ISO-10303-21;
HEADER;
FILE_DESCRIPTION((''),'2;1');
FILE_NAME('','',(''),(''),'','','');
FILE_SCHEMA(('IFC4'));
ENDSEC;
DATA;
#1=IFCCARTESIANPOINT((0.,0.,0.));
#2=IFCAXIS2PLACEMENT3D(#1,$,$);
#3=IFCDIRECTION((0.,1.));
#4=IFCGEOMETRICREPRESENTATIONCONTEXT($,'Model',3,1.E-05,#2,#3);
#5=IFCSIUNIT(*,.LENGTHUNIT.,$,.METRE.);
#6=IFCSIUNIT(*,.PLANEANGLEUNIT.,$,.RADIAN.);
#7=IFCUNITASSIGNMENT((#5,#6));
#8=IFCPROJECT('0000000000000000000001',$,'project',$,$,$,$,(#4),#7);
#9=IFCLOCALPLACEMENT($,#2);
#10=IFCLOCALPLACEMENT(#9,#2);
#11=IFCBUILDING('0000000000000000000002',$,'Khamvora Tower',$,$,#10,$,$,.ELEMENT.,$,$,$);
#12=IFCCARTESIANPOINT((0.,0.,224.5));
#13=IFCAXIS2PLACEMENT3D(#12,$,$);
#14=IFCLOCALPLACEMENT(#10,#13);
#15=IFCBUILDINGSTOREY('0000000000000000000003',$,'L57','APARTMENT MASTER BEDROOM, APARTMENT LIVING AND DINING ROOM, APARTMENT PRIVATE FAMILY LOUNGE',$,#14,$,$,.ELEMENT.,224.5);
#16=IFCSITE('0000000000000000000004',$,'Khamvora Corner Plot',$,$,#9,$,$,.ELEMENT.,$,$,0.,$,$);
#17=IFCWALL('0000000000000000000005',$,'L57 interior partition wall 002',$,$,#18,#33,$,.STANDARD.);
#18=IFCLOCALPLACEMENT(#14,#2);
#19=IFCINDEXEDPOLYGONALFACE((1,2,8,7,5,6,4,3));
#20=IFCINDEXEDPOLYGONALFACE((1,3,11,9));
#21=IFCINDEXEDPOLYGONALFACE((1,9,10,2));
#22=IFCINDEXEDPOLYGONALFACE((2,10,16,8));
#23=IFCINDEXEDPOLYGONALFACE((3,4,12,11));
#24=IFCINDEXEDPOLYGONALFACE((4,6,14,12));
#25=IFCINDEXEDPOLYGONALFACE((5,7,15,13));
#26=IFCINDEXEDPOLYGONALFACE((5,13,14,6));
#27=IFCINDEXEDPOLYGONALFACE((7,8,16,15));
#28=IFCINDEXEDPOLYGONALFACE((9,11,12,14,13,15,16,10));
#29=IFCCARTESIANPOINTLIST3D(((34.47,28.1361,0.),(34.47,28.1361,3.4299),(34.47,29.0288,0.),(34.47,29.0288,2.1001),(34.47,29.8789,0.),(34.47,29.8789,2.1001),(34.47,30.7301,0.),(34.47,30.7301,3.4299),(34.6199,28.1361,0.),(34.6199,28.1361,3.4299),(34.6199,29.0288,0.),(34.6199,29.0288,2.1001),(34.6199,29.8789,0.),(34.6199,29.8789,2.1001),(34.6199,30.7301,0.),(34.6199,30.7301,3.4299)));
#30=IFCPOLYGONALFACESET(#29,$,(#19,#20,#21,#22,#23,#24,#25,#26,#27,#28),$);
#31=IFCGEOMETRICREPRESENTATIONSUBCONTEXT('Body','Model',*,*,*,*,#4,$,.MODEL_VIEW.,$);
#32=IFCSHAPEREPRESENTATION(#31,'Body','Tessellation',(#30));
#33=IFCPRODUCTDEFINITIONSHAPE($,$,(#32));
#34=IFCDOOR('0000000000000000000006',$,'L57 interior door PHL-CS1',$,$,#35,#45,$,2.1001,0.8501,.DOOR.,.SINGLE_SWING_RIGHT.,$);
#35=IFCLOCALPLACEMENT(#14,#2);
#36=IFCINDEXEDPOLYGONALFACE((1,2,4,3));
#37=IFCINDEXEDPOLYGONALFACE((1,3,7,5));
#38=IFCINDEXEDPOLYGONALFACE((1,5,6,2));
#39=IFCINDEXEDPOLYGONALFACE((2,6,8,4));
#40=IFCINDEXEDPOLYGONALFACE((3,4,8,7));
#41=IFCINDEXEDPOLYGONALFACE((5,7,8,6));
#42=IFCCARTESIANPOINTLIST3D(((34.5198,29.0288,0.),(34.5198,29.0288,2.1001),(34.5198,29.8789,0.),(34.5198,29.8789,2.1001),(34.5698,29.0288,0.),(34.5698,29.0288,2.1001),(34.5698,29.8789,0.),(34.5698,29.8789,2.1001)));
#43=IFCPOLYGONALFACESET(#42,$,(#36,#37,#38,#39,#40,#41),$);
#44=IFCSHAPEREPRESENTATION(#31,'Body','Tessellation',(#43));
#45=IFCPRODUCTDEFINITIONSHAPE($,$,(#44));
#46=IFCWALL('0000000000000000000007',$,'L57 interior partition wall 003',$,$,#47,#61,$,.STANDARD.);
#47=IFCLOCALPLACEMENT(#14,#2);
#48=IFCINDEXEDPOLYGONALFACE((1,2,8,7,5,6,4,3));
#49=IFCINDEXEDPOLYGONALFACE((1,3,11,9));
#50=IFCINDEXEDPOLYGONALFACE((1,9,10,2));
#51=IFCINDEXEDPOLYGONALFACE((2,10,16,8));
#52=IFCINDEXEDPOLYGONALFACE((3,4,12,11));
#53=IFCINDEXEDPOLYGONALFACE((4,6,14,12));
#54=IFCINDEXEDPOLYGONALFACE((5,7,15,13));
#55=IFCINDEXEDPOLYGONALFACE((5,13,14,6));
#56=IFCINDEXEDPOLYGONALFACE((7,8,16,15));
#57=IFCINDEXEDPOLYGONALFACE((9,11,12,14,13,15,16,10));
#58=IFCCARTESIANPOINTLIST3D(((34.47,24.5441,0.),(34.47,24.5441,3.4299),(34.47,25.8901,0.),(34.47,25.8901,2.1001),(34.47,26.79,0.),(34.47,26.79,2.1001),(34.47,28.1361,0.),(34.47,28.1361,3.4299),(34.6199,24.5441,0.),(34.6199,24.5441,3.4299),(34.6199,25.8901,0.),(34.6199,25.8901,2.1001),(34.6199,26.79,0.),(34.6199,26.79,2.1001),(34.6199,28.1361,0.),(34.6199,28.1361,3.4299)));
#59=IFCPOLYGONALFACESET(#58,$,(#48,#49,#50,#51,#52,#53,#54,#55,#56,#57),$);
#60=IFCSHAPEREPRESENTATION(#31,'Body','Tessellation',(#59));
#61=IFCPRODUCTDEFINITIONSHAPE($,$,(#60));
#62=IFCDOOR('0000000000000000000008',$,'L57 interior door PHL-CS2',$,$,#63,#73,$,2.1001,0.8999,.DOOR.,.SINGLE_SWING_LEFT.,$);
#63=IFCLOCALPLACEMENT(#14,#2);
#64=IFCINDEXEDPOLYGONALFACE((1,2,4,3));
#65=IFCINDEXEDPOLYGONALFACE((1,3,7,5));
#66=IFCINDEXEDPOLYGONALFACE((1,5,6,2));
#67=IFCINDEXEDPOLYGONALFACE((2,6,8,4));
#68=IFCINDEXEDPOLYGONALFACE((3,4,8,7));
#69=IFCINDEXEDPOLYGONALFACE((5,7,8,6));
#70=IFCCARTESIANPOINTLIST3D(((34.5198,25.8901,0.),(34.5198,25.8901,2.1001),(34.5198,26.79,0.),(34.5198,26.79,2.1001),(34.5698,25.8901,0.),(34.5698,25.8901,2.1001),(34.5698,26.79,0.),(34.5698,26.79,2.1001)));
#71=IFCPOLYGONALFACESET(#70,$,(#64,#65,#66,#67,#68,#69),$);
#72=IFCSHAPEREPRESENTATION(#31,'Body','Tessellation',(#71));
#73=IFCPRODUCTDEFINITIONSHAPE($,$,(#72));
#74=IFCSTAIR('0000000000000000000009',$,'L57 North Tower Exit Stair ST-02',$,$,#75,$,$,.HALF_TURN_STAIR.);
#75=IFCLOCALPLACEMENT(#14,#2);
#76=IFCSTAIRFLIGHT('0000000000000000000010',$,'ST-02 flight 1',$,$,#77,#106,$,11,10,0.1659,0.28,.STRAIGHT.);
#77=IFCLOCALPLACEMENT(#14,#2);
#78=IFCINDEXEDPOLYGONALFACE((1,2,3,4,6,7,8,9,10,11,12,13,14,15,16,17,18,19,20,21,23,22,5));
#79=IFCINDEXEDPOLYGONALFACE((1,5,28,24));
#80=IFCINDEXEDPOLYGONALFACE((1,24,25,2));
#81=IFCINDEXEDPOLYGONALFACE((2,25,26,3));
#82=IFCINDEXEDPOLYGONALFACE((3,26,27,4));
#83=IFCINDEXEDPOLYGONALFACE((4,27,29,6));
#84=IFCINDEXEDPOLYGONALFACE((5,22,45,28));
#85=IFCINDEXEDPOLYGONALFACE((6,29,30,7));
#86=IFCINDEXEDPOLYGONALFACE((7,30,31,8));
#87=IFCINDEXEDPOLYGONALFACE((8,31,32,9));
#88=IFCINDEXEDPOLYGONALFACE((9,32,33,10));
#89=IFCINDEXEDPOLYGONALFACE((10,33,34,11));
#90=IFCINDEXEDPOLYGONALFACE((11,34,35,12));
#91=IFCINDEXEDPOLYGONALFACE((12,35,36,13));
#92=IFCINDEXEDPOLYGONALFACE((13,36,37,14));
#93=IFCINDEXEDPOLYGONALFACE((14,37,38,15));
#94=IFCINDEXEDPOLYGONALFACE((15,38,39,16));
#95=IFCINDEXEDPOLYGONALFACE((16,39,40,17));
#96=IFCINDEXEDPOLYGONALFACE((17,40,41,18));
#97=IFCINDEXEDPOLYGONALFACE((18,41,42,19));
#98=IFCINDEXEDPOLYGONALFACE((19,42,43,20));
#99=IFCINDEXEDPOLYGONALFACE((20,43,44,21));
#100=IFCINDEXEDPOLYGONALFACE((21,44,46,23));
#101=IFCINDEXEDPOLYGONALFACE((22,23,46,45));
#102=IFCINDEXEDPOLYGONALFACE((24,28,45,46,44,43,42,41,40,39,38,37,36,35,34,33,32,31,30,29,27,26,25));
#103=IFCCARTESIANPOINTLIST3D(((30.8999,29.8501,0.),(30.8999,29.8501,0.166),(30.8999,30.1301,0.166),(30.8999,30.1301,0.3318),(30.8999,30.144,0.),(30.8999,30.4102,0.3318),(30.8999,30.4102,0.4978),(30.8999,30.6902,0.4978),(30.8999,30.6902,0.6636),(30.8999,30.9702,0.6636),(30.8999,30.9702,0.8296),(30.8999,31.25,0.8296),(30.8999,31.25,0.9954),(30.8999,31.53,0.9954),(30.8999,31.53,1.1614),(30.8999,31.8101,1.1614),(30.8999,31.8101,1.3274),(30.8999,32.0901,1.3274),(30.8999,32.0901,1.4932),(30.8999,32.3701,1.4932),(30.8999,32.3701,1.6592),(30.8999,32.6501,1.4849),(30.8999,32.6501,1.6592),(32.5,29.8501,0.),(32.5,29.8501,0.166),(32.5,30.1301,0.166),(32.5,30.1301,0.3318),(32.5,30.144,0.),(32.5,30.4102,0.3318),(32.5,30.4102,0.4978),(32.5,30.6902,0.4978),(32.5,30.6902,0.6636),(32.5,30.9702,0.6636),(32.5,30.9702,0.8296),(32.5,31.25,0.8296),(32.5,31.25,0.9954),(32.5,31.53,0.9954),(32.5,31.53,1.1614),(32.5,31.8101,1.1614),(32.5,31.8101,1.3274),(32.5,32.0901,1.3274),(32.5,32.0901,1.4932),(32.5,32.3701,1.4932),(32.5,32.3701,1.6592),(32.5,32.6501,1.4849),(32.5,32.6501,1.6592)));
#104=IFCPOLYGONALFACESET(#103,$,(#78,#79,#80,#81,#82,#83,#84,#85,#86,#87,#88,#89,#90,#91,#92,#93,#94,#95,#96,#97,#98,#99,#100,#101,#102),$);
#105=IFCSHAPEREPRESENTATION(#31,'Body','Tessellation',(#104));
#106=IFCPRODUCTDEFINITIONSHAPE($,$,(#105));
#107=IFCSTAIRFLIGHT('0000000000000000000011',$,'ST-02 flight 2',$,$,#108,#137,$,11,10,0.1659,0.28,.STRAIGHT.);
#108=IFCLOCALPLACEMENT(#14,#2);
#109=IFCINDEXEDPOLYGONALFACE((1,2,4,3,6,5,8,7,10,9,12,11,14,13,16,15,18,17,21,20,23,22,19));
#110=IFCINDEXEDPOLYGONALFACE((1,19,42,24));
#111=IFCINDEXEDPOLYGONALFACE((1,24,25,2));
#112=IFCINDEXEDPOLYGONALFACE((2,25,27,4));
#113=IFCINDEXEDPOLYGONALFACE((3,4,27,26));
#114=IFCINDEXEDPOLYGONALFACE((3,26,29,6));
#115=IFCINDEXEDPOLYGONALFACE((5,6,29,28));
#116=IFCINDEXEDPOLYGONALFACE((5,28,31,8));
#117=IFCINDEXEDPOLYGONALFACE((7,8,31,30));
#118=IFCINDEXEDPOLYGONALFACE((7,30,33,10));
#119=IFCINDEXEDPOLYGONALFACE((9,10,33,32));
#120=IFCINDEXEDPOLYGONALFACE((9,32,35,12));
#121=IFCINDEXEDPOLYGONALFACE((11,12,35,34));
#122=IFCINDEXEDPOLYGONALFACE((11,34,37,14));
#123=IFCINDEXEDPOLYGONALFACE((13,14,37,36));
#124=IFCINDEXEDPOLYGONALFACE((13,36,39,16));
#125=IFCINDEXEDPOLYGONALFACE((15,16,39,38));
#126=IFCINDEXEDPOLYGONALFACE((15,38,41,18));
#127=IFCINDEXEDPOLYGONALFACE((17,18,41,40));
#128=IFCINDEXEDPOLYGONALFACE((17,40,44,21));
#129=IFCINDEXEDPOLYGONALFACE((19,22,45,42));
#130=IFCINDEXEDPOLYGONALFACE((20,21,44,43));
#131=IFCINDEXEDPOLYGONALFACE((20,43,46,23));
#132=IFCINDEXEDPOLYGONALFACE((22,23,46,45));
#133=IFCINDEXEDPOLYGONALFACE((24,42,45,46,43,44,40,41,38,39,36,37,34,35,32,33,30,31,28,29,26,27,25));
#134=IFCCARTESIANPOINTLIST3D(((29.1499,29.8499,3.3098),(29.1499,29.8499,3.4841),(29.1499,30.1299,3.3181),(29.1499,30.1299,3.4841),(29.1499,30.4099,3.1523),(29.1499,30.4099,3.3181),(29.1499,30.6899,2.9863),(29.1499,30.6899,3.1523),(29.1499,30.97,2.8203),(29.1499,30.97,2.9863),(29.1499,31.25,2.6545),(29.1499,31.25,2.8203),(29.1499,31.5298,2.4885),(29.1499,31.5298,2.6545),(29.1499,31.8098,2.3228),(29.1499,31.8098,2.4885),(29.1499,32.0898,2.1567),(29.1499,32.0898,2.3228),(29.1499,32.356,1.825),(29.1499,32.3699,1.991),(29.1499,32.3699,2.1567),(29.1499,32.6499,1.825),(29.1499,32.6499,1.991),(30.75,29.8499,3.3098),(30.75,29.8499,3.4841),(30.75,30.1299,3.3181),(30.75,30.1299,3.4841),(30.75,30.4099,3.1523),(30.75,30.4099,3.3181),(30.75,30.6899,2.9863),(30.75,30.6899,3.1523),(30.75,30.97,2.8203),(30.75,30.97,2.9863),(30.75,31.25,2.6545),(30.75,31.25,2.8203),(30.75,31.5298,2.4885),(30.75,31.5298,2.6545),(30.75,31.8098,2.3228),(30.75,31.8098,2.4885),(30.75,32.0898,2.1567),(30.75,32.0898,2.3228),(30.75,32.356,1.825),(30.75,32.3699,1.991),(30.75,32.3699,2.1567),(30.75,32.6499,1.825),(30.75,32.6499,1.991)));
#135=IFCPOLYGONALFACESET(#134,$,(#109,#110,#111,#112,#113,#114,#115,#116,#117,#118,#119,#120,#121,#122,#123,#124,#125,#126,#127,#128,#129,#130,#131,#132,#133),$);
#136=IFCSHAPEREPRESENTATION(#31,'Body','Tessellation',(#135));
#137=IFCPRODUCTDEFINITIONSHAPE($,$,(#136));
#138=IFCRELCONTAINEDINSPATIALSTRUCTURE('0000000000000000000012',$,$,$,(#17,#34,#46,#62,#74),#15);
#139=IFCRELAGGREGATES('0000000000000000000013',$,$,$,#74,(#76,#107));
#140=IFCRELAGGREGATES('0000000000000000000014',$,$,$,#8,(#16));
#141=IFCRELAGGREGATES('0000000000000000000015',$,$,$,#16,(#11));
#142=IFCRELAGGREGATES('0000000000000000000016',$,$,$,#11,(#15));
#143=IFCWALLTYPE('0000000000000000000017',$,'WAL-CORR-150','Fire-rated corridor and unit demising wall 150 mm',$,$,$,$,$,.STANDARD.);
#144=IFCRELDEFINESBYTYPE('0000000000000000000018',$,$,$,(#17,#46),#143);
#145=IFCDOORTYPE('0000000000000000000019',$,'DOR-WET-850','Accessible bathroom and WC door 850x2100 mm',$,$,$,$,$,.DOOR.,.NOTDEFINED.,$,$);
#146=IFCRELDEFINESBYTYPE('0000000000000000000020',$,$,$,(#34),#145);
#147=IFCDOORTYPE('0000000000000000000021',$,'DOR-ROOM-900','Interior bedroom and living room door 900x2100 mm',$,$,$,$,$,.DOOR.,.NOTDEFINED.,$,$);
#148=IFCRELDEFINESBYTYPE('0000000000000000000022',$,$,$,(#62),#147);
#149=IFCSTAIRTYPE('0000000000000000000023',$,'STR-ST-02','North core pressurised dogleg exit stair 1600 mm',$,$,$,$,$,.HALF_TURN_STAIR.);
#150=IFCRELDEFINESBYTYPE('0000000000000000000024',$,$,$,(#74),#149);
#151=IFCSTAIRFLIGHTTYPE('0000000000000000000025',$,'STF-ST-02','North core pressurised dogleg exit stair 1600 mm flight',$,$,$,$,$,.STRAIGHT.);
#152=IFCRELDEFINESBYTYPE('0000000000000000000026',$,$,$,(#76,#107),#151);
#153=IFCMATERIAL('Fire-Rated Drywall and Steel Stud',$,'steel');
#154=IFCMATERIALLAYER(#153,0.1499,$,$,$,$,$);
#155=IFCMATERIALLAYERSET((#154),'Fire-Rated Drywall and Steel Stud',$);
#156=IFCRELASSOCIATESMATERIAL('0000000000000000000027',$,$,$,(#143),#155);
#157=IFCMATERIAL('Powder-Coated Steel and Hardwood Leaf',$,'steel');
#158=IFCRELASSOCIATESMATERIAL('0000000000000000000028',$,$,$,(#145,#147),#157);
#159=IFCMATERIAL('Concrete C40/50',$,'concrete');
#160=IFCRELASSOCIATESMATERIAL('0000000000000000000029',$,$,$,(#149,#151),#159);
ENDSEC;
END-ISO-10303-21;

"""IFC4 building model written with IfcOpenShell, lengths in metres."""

from ifc_helpers import new_model, si_unit, direction, frame, frame_2d, origin, place, context, subcontext, project, spatial, polyline, rectangle, outline, extrude, material, layer, layer_set, type_object, element, fill, aggregate, save


model = new_model("IFC4")

# Units and contexts
model_context = context("Model", 3, precision=1e-05, world=origin(), true_north=direction((0.0, 1.0)))
body_context = subcontext(model_context, "Body", "Model", "MODEL_VIEW")
ifc_project = project(units=[si_unit("LENGTHUNIT", "METRE"), si_unit("PLANEANGLEUNIT", "RADIAN")], contexts=[model_context])

# Site, building, storey
site_placement = place(None, origin())
site = spatial("IfcSite", under=ifc_project, at=site_placement, Name="Khamvora Corner Plot", CompositionType="ELEMENT", RefElevation=0.0)
building_placement = place(site_placement, origin())
building = spatial("IfcBuilding", under=site, at=building_placement, Name="Khamvora Tower", CompositionType="ELEMENT")
storey_placement = place(building_placement, frame((0.0, 0.0, 224.5)))
storey = spatial("IfcBuildingStorey", under=building, at=storey_placement, Name="L57", Description="APARTMENT MASTER BEDROOM, APARTMENT LIVING AND DINING ROOM, APARTMENT PRIVATE FAMILY LOUNGE", CompositionType="ELEMENT", Elevation=224.5)

# Shared definitions
ifc_material_1 = material(Name="Powder-Coated Steel and Hardwood Leaf", Category="steel")

# Shared definitions
ifc_material_2 = material(Name="Fire-Rated Drywall and Steel Stud", Category="steel")
ifc_layer_1 = layer(ifc_material_2, 0.1499)
ifc_layer_set_1 = layer_set([ifc_layer_1], Name="Fire-Rated Drywall and Steel Stud")
wall_type_1 = type_object("IfcWallType", Name="WAL-CORR-150", Description="Fire-rated corridor and unit demising wall 150 mm", PredefinedType="STANDARD", material=ifc_layer_set_1)

# Walls, openings, doors
wall_1_placement = place(storey_placement, frame((34.5449, 30.73, 0.0), z_axis=(0.0, 0.0, 1.0), x_axis=(0.0, -1.0, 0.0)))
wall_1 = element("IfcWall", 1, at=wall_1_placement, inside=storey, type_object=wall_type_1, Name="L57 interior partition wall 002", PredefinedType="STANDARD", context=body_context, shape_type="SweptSolid", body=[
    extrude(rectangle(XDim=2.594, YDim=0.1499, at=frame_2d((1.2969, 0.0))), origin(), (0.0, 0.0, 1.0), 3.4299),
])
opening_1_placement = place(wall_1_placement, frame((0.8511, 0.0, 0.0)))
opening_1 = element("IfcOpeningElement", 2, at=opening_1_placement, cuts=wall_1, PredefinedType="OPENING", context=body_context, shape_type="SweptSolid", body=[
    extrude(rectangle(XDim=0.8501, YDim=2.1001, at=frame_2d((0.425, 1.05))), frame((0.0, 0.085, 0.0), z_axis=(0.0, -1.0, 0.0), x_axis=(1.0, 0.0, 0.0)), (0.0, 0.0, 1.0), 0.1699),
])
door_type_1 = type_object("IfcDoorType", Name="DOR-WET-850", Description="Accessible bathroom and WC door 850x2100 mm", OperationType="NOTDEFINED", PredefinedType="DOOR", material=ifc_material_1)
door_1_placement = place(opening_1_placement, origin())
door_1 = element("IfcDoor", 3, at=door_1_placement, inside=storey, type_object=door_type_1, Name="L57 interior door PHL-CS1", OperationType="SINGLE_SWING_RIGHT", OverallHeight=2.1001, OverallWidth=0.8501, PredefinedType="DOOR", context=body_context, shape_type="SweptSolid", body=[
    extrude(rectangle(XDim=0.8501, YDim=2.1001, at=frame_2d((0.425, 1.05))), frame((0.0, 0.0249, 0.0), z_axis=(0.0, -1.0, 0.0), x_axis=(1.0, 0.0, 0.0)), (0.0, 0.0, 1.0), 0.05),
])
fill(opening_1, door_1)
wall_2_placement = place(storey_placement, frame((34.5449, 28.136, 0.0), z_axis=(0.0, 0.0, 1.0), x_axis=(0.0, -1.0, 0.0)))
wall_2 = element("IfcWall", 4, at=wall_2_placement, inside=storey, type_object=wall_type_1, Name="L57 interior partition wall 003", PredefinedType="STANDARD", context=body_context, shape_type="SweptSolid", body=[
    extrude(rectangle(XDim=3.592, YDim=0.1499, at=frame_2d((1.7959, 0.0))), origin(), (0.0, 0.0, 1.0), 3.4299),
])
opening_2_placement = place(wall_2_placement, frame((1.3459, 0.0, 0.0)))
opening_2 = element("IfcOpeningElement", 5, at=opening_2_placement, cuts=wall_2, PredefinedType="OPENING", context=body_context, shape_type="SweptSolid", body=[
    extrude(rectangle(XDim=0.8999, YDim=2.1001, at=frame_2d((0.45, 1.05))), frame((0.0, 0.085, 0.0), z_axis=(0.0, -1.0, 0.0), x_axis=(1.0, 0.0, 0.0)), (0.0, 0.0, 1.0), 0.1699),
])
door_type_2 = type_object("IfcDoorType", Name="DOR-ROOM-900", Description="Interior bedroom and living room door 900x2100 mm", OperationType="NOTDEFINED", PredefinedType="DOOR", material=ifc_material_1)
door_2_placement = place(opening_2_placement, origin())
door_2 = element("IfcDoor", 6, at=door_2_placement, inside=storey, type_object=door_type_2, Name="L57 interior door PHL-CS2", OperationType="SINGLE_SWING_LEFT", OverallHeight=2.1001, OverallWidth=0.8999, PredefinedType="DOOR", context=body_context, shape_type="SweptSolid", body=[
    extrude(rectangle(XDim=0.8999, YDim=2.1001, at=frame_2d((0.45, 1.05))), frame((0.0, 0.0249, 0.0), z_axis=(0.0, -1.0, 0.0), x_axis=(1.0, 0.0, 0.0)), (0.0, 0.0, 1.0), 0.05),
])
fill(opening_2, door_2)

# Stair, stair flights
ifc_material_3 = material(Name="Concrete C40/50", Category="concrete")
stair_type = type_object("IfcStairType", Name="STR-ST-02", Description="North core pressurised dogleg exit stair 1600 mm", PredefinedType="HALF_TURN_STAIR", material=ifc_material_3)
stair_placement = place(storey_placement, origin())
stair = element("IfcStair", 7, at=stair_placement, inside=storey, type_object=stair_type, Name="L57 North Tower Exit Stair ST-02", PredefinedType="HALF_TURN_STAIR")
stair_flight_type = type_object("IfcStairFlightType", Name="STF-ST-02", Description="North core pressurised dogleg exit stair 1600 mm flight", PredefinedType="STRAIGHT", material=ifc_material_3)
stair_flight_1_placement = place(storey_placement, frame((31.7, 29.8501, 0.0), z_axis=(0.0, 0.0, 1.0), x_axis=(0.0, 1.0, 0.0)))
stair_flight_1 = element("IfcStairFlight", 8, at=stair_flight_1_placement, type_object=stair_flight_type, Name="ST-02 flight 1", NumberOfRisers=11, NumberOfTreads=10, PredefinedType="STRAIGHT", RiserHeight=0.1659, TreadLength=0.28, context=body_context, shape_type="SweptSolid", body=[
    extrude(outline(polyline([(0.0, 0.0), (0.0, 0.166), (0.28, 0.166), (0.28, 0.3318), (0.5601, 0.3318), (0.5601, 0.4978), (0.8401, 0.4978), (0.8401, 0.6636), (1.1201, 0.6636), (1.1201, 0.8296), (1.3999, 0.8296), (1.3999, 0.9954), (1.6799, 0.9954), (1.6799, 1.1614), (1.96, 1.1614), (1.96, 1.3274), (2.24, 1.3274), (2.24, 1.4932), (2.52, 1.4932), (2.52, 1.6592), (2.8, 1.6592), (2.8, 1.825), (2.8, 1.4849), (0.2939, 0.0), (0.0, 0.0)])), frame((0.0, 0.8, 0.0), z_axis=(0.0, -1.0, 0.0), x_axis=(1.0, 0.0, 0.0)), (0.0, 0.0, 1.0), 1.6001),
])
stair_flight_2_placement = place(storey_placement, frame((29.95, 32.6499, 1.825), z_axis=(0.0, 0.0, 1.0), x_axis=(0.0, -1.0, 0.0)))
stair_flight_2 = element("IfcStairFlight", 9, at=stair_flight_2_placement, type_object=stair_flight_type, Name="ST-02 flight 2", NumberOfRisers=11, NumberOfTreads=10, PredefinedType="STRAIGHT", RiserHeight=0.1659, TreadLength=0.28, context=body_context, shape_type="SweptSolid", body=[
    extrude(outline(polyline([(0.0, 0.0), (0.0, 0.166), (0.28, 0.166), (0.28, 0.3318), (0.5601, 0.3318), (0.5601, 0.4978), (0.8401, 0.4978), (0.8401, 0.6636), (1.1201, 0.6636), (1.1201, 0.8296), (1.3999, 0.8296), (1.3999, 0.9954), (1.6799, 0.9954), (1.6799, 1.1614), (1.96, 1.1614), (1.96, 1.3274), (2.24, 1.3274), (2.24, 1.4932), (2.52, 1.4932), (2.52, 1.6592), (2.8, 1.6592), (2.8, 1.825), (2.8, 1.4849), (0.2939, 0.0), (0.0, 0.0)])), frame((0.0, 0.8, 0.0), z_axis=(0.0, -1.0, 0.0), x_axis=(1.0, 0.0, 0.0)), (0.0, 0.0, 1.0), 1.6001),
])
aggregate(stair, [stair_flight_1, stair_flight_2])

save(model, "model.ifc")
